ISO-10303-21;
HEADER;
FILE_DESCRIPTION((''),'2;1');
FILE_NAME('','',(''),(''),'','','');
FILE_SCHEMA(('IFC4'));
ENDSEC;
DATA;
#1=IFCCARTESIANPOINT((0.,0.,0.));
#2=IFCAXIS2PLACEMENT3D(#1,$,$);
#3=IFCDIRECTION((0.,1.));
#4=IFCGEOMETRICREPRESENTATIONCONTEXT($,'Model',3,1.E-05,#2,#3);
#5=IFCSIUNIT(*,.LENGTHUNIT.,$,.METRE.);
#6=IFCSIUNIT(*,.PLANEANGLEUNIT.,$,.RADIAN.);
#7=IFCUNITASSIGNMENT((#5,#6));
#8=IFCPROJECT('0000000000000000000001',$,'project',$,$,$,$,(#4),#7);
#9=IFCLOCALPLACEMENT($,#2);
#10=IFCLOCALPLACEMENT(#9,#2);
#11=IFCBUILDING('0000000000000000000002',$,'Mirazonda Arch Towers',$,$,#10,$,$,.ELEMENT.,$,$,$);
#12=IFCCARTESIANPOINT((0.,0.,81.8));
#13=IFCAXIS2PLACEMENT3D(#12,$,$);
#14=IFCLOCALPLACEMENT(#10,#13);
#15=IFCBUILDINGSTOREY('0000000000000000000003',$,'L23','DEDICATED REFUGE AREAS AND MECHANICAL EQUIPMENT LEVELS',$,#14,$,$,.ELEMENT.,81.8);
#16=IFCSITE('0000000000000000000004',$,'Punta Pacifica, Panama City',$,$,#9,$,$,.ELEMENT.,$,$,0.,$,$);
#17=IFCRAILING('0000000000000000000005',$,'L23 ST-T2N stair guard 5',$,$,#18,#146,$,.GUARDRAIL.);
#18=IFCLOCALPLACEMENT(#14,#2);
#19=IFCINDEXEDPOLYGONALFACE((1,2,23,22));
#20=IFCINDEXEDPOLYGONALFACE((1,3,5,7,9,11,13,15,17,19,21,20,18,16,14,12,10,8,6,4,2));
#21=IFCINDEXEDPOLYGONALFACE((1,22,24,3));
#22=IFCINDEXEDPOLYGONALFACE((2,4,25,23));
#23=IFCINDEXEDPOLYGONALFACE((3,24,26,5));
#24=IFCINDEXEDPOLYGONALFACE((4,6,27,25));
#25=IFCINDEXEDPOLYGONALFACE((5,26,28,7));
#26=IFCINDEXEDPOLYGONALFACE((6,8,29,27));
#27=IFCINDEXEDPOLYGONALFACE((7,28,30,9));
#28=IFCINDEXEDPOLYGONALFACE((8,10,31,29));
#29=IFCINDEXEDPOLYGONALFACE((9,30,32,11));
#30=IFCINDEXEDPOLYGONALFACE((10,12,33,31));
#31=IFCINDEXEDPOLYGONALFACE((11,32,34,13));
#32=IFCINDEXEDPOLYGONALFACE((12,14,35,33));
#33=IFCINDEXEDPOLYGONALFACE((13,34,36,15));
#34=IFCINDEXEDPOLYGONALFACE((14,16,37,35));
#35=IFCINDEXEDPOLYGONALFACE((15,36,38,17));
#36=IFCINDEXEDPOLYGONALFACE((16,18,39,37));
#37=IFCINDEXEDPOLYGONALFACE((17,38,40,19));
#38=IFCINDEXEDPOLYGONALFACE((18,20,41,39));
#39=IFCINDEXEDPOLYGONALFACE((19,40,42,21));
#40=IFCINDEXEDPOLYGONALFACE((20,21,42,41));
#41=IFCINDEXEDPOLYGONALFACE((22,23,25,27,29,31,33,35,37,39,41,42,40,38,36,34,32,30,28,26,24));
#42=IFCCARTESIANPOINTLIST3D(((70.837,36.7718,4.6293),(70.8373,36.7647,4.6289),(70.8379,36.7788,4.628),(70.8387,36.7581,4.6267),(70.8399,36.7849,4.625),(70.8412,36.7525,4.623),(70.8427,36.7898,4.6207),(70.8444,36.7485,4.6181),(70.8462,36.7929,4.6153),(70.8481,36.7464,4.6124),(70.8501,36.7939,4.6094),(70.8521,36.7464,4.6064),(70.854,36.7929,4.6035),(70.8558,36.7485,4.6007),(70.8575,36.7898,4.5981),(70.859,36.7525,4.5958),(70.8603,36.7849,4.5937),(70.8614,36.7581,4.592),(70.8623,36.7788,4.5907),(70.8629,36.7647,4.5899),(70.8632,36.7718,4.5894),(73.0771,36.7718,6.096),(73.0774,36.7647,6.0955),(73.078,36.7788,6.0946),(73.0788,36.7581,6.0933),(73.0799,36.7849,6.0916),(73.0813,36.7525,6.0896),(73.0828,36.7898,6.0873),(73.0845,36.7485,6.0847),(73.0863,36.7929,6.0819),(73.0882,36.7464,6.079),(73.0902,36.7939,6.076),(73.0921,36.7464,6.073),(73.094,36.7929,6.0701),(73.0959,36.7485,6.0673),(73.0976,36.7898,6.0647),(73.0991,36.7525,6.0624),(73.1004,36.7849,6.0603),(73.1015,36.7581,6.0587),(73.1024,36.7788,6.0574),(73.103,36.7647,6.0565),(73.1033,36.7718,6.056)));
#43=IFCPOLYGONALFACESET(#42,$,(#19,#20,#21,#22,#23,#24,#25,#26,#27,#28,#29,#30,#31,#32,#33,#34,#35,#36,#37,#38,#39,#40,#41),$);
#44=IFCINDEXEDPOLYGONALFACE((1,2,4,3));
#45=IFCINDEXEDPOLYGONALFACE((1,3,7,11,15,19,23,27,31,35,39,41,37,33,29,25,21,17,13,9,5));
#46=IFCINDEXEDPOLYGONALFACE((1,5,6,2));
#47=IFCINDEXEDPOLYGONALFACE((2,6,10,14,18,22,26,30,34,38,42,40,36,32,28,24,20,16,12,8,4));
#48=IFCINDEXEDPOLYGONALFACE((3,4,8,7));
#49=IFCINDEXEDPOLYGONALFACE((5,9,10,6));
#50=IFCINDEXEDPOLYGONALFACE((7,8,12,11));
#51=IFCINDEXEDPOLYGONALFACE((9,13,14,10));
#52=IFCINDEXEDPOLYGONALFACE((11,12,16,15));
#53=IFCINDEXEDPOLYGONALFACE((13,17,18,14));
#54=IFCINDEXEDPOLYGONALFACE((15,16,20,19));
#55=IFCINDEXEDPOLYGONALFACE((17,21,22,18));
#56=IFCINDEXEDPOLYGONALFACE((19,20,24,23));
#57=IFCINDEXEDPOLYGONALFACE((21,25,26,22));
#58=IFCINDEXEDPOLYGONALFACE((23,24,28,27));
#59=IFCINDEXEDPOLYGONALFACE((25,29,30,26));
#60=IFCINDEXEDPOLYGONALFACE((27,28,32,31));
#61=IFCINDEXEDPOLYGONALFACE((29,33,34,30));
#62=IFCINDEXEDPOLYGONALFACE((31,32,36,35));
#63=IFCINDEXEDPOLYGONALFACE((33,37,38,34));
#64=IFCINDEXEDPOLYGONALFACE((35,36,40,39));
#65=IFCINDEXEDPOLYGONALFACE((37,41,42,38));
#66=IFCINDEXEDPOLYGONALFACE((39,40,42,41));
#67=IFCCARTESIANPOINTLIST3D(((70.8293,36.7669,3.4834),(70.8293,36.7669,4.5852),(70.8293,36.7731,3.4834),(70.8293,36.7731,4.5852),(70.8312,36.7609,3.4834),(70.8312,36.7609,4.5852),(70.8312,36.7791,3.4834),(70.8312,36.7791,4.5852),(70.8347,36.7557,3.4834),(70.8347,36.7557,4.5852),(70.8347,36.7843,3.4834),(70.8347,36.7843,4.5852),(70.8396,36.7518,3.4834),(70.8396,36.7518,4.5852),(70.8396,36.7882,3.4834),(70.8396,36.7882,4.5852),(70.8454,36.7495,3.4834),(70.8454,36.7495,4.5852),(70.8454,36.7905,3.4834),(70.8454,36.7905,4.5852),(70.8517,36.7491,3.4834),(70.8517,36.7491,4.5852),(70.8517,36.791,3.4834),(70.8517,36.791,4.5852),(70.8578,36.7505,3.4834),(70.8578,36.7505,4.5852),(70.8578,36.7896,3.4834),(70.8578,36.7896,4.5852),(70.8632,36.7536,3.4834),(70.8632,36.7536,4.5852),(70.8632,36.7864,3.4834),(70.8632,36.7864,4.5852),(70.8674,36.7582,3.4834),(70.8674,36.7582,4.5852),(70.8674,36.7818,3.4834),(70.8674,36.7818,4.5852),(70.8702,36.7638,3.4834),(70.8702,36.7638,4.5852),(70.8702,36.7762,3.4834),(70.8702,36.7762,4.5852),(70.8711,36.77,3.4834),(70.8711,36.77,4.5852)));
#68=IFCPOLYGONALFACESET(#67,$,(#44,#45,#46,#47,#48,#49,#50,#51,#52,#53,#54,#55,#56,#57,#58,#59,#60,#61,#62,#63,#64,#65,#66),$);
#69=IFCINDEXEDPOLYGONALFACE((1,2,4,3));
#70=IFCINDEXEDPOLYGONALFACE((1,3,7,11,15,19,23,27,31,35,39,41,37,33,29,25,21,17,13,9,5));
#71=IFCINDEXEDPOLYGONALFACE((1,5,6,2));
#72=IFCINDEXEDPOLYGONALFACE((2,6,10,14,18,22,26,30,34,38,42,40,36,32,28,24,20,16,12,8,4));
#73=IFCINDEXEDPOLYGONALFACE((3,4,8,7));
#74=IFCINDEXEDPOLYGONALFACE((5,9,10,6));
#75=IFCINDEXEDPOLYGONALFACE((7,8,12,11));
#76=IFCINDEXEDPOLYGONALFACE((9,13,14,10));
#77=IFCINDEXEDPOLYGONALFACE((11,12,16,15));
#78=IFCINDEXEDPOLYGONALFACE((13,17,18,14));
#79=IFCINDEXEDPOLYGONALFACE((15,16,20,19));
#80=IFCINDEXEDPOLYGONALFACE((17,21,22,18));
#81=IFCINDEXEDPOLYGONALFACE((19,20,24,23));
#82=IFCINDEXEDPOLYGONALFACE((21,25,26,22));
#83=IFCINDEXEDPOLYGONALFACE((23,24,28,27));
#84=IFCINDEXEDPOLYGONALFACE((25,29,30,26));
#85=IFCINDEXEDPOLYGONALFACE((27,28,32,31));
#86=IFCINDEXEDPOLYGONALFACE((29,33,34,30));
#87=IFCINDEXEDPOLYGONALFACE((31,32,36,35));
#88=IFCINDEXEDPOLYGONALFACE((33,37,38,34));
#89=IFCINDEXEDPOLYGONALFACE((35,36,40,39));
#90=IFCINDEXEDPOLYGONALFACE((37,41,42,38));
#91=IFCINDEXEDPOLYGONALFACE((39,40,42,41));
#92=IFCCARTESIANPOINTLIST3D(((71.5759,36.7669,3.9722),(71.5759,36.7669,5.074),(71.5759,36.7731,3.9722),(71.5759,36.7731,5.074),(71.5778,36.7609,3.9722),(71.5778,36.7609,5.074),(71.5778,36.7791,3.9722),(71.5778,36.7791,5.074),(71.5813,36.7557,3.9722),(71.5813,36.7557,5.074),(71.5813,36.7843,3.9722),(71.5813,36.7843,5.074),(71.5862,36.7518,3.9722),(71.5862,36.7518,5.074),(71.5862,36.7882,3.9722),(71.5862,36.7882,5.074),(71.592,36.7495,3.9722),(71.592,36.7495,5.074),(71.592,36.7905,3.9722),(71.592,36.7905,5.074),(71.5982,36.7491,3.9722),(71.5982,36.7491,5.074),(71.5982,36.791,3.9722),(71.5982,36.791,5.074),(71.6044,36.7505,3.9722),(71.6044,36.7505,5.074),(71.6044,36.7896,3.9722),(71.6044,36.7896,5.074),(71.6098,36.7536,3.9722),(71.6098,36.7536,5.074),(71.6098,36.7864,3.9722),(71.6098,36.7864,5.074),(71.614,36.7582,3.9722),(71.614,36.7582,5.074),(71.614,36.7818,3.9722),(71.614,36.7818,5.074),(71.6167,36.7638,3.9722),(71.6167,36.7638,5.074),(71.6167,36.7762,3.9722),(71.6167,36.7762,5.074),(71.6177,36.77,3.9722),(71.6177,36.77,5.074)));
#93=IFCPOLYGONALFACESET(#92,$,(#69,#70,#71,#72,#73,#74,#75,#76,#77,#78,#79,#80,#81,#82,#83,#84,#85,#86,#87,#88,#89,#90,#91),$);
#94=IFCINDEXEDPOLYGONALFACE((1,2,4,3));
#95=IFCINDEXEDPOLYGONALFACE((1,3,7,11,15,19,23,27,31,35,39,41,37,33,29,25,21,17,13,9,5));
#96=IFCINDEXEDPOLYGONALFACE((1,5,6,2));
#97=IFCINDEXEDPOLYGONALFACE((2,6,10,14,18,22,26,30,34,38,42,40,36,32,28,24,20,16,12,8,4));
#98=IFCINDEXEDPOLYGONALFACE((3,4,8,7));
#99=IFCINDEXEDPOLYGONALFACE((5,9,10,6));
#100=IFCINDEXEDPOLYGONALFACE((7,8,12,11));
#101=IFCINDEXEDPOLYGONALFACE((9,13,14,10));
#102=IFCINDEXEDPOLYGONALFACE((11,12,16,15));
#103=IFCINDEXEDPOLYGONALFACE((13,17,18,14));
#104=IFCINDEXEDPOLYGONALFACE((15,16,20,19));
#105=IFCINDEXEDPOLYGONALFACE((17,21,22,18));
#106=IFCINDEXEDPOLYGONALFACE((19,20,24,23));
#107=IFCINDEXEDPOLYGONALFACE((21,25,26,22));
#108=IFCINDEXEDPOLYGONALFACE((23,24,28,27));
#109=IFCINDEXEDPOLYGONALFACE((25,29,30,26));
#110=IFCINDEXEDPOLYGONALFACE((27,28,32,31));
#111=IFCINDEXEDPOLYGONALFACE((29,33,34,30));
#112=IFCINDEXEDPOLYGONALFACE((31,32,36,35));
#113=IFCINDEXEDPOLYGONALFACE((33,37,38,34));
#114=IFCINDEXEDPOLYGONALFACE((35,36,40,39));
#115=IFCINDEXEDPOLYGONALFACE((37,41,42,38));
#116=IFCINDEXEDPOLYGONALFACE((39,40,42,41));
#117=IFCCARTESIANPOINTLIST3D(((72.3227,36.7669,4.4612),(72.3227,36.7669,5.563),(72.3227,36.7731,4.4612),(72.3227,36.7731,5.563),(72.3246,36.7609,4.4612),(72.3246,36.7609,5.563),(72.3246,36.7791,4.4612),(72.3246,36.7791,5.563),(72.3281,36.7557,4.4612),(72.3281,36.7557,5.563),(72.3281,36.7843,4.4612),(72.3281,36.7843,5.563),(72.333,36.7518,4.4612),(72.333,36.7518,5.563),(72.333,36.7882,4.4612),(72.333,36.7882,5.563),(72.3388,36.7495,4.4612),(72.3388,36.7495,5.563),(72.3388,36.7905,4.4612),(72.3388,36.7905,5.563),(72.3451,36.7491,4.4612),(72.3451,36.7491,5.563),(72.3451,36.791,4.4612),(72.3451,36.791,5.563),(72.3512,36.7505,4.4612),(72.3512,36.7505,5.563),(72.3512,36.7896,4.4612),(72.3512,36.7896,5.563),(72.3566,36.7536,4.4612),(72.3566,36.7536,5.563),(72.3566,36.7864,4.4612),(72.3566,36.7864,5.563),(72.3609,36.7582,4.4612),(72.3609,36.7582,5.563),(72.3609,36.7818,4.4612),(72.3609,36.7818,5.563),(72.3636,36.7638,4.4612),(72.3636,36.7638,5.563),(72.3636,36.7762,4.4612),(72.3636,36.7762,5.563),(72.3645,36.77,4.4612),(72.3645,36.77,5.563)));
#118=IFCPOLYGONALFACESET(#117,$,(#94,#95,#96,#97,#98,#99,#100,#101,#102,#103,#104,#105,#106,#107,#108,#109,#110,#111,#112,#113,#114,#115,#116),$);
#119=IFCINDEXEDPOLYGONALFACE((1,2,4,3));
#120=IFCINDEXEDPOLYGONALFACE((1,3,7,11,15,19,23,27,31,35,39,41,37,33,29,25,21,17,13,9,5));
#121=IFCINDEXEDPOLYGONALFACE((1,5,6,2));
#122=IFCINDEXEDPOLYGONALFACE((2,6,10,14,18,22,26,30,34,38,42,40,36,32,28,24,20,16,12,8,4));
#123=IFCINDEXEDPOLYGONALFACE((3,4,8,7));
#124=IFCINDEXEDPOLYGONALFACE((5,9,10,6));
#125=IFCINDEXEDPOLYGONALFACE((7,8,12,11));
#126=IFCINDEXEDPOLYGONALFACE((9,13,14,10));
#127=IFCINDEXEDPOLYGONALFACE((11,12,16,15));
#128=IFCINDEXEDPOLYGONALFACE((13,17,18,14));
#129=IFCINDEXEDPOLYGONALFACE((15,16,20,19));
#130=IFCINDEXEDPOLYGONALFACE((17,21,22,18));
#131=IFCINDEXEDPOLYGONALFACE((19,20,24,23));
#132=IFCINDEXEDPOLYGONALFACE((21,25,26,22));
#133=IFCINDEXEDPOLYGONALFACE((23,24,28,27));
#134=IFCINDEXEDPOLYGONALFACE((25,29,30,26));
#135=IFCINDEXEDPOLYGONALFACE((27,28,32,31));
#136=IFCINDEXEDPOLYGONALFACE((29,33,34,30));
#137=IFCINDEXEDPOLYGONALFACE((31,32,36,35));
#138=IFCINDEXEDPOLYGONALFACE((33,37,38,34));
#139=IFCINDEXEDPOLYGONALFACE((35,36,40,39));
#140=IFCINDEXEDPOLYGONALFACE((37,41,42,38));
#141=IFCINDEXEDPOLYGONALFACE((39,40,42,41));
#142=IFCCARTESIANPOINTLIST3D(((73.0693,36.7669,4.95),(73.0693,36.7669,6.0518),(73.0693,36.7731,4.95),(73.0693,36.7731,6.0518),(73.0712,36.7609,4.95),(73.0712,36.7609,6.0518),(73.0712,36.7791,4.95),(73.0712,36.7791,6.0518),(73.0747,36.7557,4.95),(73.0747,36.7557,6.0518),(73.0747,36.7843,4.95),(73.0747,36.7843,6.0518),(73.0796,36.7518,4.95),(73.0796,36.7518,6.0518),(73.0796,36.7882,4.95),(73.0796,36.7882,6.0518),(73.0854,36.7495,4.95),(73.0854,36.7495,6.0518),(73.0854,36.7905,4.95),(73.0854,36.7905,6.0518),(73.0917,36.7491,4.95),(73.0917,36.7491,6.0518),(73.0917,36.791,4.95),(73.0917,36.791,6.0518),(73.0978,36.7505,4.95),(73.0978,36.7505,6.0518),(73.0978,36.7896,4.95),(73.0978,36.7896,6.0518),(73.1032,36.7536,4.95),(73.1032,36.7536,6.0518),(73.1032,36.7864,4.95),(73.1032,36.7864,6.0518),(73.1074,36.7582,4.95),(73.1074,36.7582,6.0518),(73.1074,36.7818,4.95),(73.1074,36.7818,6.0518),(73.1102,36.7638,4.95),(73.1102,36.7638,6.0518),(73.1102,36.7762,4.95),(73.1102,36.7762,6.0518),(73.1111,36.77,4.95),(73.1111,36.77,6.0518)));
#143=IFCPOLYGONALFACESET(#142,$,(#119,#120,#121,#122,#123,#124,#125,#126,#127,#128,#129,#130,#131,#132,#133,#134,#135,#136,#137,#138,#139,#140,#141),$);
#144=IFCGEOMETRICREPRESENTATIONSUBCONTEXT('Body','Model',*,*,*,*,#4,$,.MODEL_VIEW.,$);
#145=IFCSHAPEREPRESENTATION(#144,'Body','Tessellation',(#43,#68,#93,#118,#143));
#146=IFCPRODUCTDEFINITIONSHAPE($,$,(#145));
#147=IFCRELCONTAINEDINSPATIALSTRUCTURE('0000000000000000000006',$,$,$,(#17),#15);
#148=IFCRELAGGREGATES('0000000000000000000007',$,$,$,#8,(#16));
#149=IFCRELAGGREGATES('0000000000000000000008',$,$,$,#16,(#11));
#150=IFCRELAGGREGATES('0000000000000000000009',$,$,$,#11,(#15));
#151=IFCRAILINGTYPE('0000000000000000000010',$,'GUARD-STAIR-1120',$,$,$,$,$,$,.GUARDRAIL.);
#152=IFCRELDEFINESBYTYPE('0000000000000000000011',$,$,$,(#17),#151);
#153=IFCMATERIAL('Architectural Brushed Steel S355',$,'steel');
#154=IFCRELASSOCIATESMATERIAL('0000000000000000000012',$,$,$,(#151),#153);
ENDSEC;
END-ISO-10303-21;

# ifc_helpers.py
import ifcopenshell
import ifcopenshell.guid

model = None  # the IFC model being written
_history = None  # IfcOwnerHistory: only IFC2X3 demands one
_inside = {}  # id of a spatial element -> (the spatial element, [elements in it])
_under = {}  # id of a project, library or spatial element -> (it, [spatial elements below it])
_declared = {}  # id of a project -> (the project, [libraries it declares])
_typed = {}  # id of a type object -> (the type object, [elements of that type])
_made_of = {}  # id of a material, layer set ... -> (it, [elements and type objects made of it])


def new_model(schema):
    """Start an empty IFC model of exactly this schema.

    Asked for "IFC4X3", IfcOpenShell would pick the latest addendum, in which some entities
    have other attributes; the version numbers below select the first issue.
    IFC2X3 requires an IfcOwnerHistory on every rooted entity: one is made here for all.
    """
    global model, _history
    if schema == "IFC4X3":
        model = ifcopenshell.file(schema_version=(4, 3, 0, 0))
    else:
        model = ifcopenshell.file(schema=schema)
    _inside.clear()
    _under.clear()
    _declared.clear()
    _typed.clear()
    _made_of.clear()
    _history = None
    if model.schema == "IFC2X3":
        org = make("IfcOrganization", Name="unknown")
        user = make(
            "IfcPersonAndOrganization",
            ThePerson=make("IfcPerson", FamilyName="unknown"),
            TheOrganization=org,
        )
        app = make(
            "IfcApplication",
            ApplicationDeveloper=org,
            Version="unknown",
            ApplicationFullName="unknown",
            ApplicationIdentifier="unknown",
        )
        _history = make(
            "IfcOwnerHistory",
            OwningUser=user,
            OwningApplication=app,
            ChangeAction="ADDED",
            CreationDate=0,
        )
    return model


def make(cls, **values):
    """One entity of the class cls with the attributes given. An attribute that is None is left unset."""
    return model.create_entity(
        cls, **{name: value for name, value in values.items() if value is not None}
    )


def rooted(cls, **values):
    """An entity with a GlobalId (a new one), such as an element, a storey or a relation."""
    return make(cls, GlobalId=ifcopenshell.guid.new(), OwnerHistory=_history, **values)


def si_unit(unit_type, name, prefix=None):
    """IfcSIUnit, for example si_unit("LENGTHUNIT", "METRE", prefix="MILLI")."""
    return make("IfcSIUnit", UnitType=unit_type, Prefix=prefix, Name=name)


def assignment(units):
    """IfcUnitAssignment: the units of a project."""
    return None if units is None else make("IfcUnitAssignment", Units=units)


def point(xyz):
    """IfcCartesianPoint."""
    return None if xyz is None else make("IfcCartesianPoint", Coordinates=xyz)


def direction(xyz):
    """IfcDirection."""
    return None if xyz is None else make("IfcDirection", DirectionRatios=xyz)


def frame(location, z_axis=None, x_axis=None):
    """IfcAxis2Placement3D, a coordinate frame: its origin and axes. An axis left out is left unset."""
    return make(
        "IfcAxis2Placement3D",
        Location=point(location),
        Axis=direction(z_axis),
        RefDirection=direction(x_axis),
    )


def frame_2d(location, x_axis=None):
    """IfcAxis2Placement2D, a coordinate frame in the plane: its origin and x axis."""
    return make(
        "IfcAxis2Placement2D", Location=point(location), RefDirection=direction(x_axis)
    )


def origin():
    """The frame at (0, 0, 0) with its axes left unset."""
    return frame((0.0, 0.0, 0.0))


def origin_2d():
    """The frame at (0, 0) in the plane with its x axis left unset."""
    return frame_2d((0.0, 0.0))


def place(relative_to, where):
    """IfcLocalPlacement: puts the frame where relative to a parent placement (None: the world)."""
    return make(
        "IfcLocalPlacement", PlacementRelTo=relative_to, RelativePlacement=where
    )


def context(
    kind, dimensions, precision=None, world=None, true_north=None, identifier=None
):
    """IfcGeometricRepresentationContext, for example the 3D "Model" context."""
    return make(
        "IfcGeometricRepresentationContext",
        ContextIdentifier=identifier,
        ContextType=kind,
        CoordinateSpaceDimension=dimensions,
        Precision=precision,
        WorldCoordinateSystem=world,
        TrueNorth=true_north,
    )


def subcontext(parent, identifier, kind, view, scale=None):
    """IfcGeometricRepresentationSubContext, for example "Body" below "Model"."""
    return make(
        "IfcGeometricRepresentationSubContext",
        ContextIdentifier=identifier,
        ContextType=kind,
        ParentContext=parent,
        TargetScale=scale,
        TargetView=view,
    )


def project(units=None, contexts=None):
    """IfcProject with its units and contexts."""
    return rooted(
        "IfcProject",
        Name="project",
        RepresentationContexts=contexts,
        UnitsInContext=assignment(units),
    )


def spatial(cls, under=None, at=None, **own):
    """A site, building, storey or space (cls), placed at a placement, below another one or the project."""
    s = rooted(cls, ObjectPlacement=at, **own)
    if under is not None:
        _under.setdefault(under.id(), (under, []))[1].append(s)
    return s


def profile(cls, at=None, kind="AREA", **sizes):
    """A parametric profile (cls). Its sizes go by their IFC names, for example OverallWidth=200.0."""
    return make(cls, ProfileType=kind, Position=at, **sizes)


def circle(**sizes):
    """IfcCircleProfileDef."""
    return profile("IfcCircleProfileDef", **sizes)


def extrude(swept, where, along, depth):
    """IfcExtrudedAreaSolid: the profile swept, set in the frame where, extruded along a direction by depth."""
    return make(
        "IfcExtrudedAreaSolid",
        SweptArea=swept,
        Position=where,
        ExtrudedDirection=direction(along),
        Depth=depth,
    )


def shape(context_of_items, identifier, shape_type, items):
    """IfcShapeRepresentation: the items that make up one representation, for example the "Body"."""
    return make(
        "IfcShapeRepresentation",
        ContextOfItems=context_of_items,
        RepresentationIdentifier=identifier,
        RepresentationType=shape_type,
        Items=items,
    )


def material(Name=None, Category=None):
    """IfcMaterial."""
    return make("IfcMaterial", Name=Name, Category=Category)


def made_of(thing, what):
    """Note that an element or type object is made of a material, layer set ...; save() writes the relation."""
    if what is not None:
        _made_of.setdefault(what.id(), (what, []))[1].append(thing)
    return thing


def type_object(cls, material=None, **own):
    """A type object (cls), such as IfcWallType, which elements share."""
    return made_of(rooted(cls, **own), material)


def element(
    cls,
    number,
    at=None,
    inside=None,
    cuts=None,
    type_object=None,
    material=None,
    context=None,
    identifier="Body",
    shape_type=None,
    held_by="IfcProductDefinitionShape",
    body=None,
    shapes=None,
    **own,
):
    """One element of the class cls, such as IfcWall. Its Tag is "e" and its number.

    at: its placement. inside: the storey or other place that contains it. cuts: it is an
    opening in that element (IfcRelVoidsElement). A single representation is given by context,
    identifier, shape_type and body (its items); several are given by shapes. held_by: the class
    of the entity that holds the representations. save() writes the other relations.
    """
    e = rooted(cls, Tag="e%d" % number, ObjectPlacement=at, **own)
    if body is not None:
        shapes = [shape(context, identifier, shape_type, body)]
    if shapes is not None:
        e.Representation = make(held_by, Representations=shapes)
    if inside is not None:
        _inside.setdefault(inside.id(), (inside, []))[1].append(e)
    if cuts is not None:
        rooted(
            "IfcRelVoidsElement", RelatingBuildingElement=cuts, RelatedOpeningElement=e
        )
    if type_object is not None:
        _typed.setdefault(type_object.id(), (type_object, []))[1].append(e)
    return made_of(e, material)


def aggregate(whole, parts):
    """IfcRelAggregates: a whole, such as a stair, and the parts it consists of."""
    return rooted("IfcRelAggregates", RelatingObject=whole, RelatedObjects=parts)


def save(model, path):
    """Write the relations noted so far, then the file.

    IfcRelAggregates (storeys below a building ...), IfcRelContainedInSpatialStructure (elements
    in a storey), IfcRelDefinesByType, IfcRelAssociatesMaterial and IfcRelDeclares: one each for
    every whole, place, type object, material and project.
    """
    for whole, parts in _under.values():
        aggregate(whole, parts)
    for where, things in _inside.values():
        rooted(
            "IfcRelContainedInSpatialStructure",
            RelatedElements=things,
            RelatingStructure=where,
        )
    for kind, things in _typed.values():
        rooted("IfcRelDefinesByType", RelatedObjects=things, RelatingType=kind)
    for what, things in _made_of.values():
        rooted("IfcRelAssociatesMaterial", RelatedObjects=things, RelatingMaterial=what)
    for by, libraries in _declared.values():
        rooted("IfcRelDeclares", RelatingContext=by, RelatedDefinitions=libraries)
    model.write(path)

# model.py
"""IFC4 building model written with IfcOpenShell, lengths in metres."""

from ifc_helpers import new_model, si_unit, direction, frame, origin, origin_2d, place, context, subcontext, project, spatial, circle, extrude, material, type_object, element, save


model = new_model("IFC4")

# Units and contexts
model_context = context("Model", 3, precision=1e-05, world=origin(), true_north=direction((0.0, 1.0)))
body_context = subcontext(model_context, "Body", "Model", "MODEL_VIEW")
ifc_project = project(units=[si_unit("LENGTHUNIT", "METRE"), si_unit("PLANEANGLEUNIT", "RADIAN")], contexts=[model_context])

# Site, building, storey
site_placement = place(None, origin())
site = spatial("IfcSite", under=ifc_project, at=site_placement, Name="Punta Pacifica, Panama City", CompositionType="ELEMENT", RefElevation=0.0)
building_placement = place(site_placement, origin())
building = spatial("IfcBuilding", under=site, at=building_placement, Name="Mirazonda Arch Towers", CompositionType="ELEMENT")
storey_placement = place(building_placement, frame((0.0, 0.0, 81.8)))
storey = spatial("IfcBuildingStorey", under=building, at=storey_placement, Name="L23", Description="DEDICATED REFUGE AREAS AND MECHANICAL EQUIPMENT LEVELS", CompositionType="ELEMENT", Elevation=81.8)

# Shared definitions
ifc_material_1 = material(Name="Architectural Brushed Steel S355", Category="steel")

# Railing
railing_type_1 = type_object("IfcRailingType", Name="GUARD-STAIR-1120", PredefinedType="GUARDRAIL", material=ifc_material_1)
railing_1_placement = place(storey_placement, frame((70.8501, 36.77, 3.4834)))
element("IfcRailing", 1, at=railing_1_placement, inside=storey, type_object=railing_type_1, Name="L23 ST-T2N stair guard 5", PredefinedType="GUARDRAIL", context=body_context, shape_type="SweptSolid", body=[
    extrude(circle(Radius=0.0239, at=origin_2d()), frame((0.0, 0.0, 1.126), z_axis=(0.836637, 0.0, 0.547758), x_axis=(0.0, 1.0, 0.0)), (0.0, 0.0, 1.0), 2.6775),
    extrude(circle(Radius=0.021, at=origin_2d()), origin(), (0.0, 0.0, 1.0), 1.1018),
    extrude(circle(Radius=0.021, at=origin_2d()), frame((0.7466, 0.0, 0.4888)), (0.0, 0.0, 1.0), 1.1018),
    extrude(circle(Radius=0.021, at=origin_2d()), frame((1.4934, 0.0, 0.9778)), (0.0, 0.0, 1.0), 1.1018),
    extrude(circle(Radius=0.021, at=origin_2d()), frame((2.24, 0.0, 1.4666)), (0.0, 0.0, 1.0), 1.1018),
])

save(model, "model.ifc")
